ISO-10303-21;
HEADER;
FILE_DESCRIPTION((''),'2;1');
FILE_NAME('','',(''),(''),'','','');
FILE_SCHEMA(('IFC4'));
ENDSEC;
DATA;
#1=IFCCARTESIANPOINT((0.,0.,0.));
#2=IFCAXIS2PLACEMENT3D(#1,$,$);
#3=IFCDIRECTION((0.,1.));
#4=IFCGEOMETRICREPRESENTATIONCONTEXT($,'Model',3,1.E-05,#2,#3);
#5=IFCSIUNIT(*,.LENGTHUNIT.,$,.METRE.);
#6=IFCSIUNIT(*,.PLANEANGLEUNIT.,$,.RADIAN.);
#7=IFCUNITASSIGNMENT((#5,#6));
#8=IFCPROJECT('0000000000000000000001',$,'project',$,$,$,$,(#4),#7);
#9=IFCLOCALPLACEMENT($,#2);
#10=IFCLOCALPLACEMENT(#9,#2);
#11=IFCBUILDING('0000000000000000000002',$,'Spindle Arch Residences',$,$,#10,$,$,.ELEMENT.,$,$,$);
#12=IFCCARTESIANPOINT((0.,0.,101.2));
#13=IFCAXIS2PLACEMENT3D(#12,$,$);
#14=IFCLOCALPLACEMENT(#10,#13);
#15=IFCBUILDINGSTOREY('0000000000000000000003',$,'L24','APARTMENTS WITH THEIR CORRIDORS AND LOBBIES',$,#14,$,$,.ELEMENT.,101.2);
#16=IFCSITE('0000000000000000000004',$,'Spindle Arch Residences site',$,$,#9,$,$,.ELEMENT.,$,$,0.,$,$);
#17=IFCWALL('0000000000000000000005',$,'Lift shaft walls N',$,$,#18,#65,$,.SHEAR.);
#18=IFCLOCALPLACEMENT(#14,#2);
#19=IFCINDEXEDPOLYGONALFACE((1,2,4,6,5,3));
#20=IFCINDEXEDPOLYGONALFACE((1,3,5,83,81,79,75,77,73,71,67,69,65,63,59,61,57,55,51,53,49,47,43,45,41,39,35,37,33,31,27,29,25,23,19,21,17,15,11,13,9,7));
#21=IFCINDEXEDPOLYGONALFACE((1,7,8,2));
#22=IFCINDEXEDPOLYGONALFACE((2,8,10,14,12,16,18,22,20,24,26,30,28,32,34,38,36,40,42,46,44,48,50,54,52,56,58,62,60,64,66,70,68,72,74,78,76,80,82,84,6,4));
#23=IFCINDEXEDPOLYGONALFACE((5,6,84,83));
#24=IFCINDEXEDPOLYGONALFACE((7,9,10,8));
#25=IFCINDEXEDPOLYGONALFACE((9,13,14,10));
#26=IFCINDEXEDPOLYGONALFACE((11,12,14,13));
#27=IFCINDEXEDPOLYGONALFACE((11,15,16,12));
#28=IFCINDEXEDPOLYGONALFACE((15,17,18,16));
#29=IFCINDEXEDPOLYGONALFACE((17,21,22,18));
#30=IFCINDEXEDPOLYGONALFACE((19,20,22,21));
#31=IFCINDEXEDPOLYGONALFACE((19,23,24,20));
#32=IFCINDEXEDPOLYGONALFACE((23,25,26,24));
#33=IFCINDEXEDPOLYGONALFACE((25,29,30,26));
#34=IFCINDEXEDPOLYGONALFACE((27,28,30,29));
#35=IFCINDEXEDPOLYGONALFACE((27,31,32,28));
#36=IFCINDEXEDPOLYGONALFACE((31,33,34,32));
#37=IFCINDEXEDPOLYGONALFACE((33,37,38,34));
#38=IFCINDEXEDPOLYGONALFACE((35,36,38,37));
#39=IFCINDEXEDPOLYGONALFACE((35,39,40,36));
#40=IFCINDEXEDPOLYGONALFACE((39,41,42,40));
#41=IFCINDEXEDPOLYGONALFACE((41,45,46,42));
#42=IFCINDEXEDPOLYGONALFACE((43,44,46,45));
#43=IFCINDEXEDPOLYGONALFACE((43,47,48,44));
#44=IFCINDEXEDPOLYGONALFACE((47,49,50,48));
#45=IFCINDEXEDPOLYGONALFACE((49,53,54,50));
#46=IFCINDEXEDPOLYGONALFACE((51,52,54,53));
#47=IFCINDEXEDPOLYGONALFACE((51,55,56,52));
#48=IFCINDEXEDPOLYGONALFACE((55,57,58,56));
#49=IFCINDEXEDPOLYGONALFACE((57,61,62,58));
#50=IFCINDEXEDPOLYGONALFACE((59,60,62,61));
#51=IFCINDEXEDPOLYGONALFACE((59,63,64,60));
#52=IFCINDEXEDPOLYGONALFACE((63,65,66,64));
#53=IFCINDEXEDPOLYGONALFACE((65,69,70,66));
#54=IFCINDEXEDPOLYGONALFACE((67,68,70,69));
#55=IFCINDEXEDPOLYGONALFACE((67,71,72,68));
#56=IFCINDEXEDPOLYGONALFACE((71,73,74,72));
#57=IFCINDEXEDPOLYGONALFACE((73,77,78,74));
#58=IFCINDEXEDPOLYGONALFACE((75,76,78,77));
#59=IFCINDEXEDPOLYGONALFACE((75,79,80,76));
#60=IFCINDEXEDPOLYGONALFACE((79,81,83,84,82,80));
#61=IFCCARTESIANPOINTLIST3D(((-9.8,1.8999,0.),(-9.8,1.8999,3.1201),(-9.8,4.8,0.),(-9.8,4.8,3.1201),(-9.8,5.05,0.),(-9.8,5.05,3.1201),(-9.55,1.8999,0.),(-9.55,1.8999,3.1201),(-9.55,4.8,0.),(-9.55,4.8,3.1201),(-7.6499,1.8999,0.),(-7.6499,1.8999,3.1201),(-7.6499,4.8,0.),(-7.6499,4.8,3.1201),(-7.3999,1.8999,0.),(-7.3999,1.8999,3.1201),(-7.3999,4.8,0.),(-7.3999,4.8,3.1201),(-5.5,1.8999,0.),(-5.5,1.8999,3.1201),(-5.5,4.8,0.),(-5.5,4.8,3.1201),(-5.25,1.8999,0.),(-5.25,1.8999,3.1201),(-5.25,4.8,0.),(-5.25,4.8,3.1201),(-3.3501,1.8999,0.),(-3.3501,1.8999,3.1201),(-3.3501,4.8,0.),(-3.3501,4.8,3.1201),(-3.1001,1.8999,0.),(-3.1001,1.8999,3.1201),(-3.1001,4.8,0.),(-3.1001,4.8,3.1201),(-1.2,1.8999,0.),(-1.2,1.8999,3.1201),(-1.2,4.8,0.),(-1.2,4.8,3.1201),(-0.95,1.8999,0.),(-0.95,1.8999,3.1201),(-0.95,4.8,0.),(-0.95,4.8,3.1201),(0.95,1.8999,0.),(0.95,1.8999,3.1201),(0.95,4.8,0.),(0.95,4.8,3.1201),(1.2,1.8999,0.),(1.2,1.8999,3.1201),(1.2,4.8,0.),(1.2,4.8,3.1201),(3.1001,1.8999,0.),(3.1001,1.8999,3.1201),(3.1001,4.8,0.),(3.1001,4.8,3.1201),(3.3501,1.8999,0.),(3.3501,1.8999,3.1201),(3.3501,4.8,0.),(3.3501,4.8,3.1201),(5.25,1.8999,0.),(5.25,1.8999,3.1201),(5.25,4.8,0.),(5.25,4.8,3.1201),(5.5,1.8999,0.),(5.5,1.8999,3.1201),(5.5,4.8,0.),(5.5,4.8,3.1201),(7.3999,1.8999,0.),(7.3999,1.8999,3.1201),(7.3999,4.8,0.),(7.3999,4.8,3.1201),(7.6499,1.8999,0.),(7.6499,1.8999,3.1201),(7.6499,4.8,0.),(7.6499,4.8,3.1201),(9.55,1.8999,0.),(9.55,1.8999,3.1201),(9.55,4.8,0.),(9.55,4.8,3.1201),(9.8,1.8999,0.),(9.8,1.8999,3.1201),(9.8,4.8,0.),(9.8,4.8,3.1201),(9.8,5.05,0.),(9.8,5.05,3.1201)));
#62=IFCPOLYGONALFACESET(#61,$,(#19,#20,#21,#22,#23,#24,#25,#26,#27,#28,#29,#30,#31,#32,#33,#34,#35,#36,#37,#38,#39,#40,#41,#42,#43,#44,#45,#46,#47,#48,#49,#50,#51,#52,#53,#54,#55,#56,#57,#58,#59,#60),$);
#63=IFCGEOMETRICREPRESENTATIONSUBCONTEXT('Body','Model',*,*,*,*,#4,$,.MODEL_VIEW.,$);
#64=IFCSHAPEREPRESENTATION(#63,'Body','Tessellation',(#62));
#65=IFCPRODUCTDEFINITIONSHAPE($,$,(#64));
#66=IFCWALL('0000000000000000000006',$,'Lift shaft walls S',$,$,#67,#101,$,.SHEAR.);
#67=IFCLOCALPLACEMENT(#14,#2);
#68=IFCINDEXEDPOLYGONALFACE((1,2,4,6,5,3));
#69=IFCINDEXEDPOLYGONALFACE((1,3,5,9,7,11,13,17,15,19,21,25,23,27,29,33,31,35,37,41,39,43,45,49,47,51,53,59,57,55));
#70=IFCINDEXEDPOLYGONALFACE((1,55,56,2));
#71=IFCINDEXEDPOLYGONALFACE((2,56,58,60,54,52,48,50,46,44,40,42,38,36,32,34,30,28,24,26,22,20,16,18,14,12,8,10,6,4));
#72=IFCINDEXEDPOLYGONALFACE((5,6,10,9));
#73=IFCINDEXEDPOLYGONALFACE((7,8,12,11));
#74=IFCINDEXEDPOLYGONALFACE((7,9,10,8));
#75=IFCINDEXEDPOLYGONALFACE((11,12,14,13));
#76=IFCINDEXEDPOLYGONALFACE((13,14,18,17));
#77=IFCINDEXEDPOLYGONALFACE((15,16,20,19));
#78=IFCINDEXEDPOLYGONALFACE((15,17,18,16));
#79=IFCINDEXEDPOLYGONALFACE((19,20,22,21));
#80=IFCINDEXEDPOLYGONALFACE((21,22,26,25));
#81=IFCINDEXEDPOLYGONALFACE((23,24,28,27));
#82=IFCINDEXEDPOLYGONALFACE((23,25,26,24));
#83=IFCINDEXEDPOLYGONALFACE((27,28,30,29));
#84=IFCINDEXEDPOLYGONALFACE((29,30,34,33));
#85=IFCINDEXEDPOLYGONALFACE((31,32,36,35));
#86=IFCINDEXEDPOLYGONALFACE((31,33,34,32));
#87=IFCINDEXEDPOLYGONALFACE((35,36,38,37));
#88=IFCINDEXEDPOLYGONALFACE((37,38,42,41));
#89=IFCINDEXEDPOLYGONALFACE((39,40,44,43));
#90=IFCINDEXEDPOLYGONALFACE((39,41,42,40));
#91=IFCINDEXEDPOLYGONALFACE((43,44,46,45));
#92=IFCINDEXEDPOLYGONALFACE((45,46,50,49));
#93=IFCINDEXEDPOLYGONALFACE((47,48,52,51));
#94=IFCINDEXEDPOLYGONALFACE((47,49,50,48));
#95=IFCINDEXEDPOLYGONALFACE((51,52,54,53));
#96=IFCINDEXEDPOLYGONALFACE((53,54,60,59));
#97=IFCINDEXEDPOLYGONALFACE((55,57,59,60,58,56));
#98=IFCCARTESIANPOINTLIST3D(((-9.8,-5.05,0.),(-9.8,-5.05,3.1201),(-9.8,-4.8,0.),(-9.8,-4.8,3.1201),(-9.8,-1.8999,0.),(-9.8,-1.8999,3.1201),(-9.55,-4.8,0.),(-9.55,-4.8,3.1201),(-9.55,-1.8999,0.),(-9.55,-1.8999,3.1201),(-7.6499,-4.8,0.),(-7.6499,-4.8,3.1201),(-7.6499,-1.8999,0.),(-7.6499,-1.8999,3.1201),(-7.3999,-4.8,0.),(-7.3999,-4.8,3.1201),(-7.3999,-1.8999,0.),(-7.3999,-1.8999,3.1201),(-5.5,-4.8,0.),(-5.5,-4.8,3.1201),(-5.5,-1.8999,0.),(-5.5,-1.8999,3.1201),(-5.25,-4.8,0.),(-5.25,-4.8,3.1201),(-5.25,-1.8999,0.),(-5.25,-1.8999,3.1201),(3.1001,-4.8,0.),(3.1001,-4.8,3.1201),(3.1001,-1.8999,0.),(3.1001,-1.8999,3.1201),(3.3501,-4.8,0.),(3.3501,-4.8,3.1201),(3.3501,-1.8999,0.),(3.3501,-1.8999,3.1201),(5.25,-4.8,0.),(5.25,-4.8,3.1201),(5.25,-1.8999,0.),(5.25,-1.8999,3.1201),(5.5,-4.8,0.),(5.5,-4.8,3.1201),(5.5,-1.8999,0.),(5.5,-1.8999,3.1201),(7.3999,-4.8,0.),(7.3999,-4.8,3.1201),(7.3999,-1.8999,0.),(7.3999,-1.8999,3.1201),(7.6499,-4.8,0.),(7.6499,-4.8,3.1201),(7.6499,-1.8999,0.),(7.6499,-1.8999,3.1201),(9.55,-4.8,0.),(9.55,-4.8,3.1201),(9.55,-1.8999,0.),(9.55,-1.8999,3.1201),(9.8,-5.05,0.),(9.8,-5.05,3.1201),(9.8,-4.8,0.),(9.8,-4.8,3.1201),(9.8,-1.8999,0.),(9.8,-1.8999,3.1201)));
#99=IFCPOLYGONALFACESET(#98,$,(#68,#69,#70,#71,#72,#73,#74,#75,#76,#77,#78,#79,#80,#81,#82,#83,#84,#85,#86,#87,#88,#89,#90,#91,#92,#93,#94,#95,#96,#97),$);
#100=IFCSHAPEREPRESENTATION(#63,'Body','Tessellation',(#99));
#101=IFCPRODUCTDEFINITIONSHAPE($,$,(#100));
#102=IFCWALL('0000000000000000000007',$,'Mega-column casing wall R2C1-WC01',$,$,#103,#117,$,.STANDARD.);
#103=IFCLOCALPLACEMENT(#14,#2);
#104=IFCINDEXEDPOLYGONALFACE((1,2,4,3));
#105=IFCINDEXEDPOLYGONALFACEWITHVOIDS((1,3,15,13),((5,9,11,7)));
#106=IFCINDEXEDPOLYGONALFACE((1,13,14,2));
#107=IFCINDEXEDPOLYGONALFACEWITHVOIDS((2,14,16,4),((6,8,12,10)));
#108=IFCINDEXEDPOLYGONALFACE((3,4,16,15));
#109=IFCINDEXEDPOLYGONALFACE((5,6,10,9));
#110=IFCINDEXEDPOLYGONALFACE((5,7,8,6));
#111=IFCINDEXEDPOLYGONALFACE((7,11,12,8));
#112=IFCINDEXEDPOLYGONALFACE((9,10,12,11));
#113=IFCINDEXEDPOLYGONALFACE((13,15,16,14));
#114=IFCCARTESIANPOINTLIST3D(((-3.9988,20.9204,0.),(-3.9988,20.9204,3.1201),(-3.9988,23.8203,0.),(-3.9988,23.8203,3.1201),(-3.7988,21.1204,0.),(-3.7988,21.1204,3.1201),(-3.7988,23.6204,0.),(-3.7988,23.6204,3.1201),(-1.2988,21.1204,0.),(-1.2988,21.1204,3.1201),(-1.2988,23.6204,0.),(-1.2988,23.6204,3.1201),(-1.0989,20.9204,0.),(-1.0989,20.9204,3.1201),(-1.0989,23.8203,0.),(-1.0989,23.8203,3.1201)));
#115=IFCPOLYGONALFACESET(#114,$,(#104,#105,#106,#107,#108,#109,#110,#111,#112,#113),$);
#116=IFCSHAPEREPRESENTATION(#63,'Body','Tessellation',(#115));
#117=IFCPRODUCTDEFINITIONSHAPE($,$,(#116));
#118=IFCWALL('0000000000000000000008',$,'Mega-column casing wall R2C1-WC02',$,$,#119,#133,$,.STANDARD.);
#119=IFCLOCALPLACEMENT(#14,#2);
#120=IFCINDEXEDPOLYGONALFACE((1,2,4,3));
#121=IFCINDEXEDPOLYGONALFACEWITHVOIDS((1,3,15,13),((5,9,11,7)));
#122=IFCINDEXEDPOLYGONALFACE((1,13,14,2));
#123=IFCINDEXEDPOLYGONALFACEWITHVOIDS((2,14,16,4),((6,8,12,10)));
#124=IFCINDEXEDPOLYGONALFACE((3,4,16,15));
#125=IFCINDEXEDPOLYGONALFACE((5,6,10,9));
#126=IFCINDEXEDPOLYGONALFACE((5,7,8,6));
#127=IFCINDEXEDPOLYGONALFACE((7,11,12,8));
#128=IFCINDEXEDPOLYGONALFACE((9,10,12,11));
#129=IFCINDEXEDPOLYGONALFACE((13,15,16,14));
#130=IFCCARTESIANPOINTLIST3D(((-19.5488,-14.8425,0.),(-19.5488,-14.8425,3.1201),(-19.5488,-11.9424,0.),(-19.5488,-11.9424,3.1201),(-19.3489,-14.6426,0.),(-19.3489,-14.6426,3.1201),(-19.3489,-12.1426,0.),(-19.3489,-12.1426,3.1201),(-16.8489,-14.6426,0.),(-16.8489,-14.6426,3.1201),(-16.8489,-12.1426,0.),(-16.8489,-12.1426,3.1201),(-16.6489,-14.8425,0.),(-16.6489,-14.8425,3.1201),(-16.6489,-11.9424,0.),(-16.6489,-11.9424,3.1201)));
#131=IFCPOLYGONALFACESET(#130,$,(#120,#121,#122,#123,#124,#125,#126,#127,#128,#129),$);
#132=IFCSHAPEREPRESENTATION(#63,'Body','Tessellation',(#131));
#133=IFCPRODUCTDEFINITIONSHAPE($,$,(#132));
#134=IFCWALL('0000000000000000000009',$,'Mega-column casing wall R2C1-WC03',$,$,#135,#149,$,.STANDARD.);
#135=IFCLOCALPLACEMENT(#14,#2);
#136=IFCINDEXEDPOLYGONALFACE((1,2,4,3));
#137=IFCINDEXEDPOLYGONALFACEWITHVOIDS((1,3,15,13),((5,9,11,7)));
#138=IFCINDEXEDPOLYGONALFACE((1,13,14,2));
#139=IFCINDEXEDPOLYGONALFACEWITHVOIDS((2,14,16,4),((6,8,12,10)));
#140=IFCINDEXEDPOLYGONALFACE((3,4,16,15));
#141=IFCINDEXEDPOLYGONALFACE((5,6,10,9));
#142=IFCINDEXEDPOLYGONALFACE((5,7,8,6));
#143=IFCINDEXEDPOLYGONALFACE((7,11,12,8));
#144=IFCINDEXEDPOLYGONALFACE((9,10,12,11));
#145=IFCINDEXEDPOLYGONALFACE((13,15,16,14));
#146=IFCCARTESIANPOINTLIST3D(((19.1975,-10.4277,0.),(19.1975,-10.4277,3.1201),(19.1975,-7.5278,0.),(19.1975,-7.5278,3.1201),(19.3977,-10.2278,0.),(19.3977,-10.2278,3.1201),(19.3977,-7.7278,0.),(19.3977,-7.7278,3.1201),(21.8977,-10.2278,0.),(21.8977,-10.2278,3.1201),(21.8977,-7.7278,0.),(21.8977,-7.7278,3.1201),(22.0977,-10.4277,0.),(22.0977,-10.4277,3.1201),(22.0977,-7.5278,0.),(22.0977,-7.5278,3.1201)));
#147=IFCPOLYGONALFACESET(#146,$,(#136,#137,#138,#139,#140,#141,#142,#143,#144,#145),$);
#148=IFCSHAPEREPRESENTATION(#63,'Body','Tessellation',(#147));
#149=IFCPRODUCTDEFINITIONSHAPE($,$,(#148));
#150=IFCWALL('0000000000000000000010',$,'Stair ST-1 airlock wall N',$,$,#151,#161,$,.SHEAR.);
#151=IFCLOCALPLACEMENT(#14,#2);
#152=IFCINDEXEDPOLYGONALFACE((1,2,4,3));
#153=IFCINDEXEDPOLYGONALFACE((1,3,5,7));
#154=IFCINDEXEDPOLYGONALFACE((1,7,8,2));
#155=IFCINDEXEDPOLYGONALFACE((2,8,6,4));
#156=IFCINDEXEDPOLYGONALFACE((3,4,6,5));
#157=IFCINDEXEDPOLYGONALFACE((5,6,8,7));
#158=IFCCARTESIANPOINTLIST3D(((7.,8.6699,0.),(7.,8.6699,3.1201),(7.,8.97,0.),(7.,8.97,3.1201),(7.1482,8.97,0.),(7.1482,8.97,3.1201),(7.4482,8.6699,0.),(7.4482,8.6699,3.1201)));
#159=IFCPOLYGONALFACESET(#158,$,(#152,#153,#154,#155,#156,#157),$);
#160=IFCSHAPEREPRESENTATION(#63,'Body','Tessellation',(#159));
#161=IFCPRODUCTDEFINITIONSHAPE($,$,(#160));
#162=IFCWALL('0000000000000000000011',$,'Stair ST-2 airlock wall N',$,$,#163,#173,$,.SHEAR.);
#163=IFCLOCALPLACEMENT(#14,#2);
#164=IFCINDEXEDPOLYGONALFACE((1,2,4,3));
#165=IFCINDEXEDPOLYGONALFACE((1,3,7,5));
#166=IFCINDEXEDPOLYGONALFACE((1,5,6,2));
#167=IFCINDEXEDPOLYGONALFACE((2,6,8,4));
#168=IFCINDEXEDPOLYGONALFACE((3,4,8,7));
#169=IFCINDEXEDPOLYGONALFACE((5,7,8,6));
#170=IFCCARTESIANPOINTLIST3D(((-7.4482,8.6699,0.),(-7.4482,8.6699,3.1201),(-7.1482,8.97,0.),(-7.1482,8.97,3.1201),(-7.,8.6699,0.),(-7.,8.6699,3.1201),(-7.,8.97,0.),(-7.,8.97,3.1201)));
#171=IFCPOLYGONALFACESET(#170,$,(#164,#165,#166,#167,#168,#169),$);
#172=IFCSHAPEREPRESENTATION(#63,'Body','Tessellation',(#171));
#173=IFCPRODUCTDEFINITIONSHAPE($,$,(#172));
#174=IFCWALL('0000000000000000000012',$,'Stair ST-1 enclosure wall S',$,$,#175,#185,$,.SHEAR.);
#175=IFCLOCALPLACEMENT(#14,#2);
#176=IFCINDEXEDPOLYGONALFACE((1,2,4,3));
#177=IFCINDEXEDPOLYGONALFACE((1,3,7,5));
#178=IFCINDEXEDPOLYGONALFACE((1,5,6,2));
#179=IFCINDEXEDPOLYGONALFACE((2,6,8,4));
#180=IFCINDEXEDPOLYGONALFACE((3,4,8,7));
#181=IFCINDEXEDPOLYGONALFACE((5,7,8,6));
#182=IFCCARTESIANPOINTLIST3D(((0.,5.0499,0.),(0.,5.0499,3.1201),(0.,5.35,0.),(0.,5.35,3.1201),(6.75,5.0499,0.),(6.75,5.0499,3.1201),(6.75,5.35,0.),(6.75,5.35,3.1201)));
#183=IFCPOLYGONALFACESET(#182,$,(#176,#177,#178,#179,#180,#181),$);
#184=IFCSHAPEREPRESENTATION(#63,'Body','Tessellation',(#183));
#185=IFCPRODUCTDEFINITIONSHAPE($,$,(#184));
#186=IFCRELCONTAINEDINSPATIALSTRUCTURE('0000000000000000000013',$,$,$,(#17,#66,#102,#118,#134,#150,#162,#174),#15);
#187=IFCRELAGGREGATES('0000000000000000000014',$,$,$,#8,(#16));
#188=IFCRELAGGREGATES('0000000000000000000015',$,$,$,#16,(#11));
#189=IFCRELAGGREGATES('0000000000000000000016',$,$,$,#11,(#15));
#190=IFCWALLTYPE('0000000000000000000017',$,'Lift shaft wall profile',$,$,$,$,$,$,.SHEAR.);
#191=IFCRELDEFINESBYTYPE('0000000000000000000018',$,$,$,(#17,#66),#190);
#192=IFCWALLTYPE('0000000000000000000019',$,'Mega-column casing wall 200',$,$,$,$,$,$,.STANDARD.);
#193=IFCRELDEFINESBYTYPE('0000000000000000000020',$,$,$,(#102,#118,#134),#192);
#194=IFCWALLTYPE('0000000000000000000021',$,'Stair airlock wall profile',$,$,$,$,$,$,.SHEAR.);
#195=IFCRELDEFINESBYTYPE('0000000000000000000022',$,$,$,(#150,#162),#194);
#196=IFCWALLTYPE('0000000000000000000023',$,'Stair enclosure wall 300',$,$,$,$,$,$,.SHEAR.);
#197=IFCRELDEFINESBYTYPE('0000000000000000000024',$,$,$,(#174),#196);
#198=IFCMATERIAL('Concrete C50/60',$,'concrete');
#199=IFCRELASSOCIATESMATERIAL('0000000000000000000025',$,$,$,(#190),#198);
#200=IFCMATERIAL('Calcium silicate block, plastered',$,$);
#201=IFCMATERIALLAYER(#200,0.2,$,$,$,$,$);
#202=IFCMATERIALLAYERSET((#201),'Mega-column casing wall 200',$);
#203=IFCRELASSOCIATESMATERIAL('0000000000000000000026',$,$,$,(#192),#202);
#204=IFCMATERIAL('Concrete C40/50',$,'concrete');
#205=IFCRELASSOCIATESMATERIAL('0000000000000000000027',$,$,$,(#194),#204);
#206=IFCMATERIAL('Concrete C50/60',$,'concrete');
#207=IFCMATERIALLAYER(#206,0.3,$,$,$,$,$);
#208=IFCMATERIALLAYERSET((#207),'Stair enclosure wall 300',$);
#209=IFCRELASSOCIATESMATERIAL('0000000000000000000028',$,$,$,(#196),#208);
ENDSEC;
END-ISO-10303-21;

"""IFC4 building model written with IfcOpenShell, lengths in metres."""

from ifc_helpers import new_model, si_unit, direction, frame, frame_2d, origin, place, context, subcontext, project, spatial, polyline, rectangle, outline, extrude, material, layer, layer_set, type_object, element, save


model = new_model("IFC4")

# Units and contexts
model_context = context("Model", 3, precision=1e-05, world=origin(), true_north=direction((0.0, 1.0)))
body_context = subcontext(model_context, "Body", "Model", "MODEL_VIEW")
ifc_project = project(units=[si_unit("LENGTHUNIT", "METRE"), si_unit("PLANEANGLEUNIT", "RADIAN")], contexts=[model_context])

# Site, building, storey
site_placement = place(None, origin())
site = spatial("IfcSite", under=ifc_project, at=site_placement, Name="Spindle Arch Residences site", CompositionType="ELEMENT", RefElevation=0.0)
building_placement = place(site_placement, origin())
building = spatial("IfcBuilding", under=site, at=building_placement, Name="Spindle Arch Residences", CompositionType="ELEMENT")
storey_placement = place(building_placement, frame((0.0, 0.0, 101.2)))
storey = spatial("IfcBuildingStorey", under=building, at=storey_placement, Name="L24", Description="APARTMENTS WITH THEIR CORRIDORS AND LOBBIES", CompositionType="ELEMENT", Elevation=101.2)

# Walls
ifc_material_1 = material(Name="Concrete C50/60", Category="concrete")
wall_type_1 = type_object("IfcWallType", Name="Lift shaft wall profile", PredefinedType="SHEAR", material=ifc_material_1)
wall_1_placement = place(storey_placement, origin())
element("IfcWall", 1, at=wall_1_placement, inside=storey, type_object=wall_type_1, Name="Lift shaft walls N", PredefinedType="SHEAR", context=body_context, shape_type="SweptSolid", body=[
    extrude(outline(polyline([(-9.55, 4.8), (-7.6499, 4.8), (-7.6499, 1.8999), (-7.3999, 1.8999), (-7.3999, 4.8), (-5.5, 4.8), (-5.5, 1.8999), (-5.25, 1.8999), (-5.25, 4.8), (-3.3501, 4.8), (-3.3501, 1.8999), (-3.1001, 1.8999), (-3.1001, 4.8), (-1.2, 4.8), (-1.2, 1.8999), (-0.95, 1.8999), (-0.95, 4.8), (0.95, 4.8), (0.95, 1.8999), (1.2, 1.8999), (1.2, 4.8), (3.1001, 4.8), (3.1001, 1.8999), (3.3501, 1.8999), (3.3501, 4.8), (5.25, 4.8), (5.25, 1.8999), (5.5, 1.8999), (5.5, 4.8), (7.3999, 4.8), (7.3999, 1.8999), (7.6499, 1.8999), (7.6499, 4.8), (9.55, 4.8), (9.55, 1.8999), (9.8, 1.8999), (9.8, 4.8), (9.8, 5.05), (-9.8, 5.05), (-9.8, 4.8), (-9.8, 1.8999), (-9.55, 1.8999), (-9.55, 4.8)])), origin(), (0.0, 0.0, 1.0), 3.1201),
])
wall_2_placement = place(storey_placement, origin())
element("IfcWall", 2, at=wall_2_placement, inside=storey, type_object=wall_type_1, Name="Lift shaft walls S", PredefinedType="SHEAR", context=body_context, shape_type="SweptSolid", body=[
    extrude(outline(polyline([(9.8, -5.05), (9.8, -4.8), (9.8, -1.8999), (9.55, -1.8999), (9.55, -4.8), (7.6499, -4.8), (7.6499, -1.8999), (7.3999, -1.8999), (7.3999, -4.8), (5.5, -4.8), (5.5, -1.8999), (5.25, -1.8999), (5.25, -4.8), (3.3501, -4.8), (3.3501, -1.8999), (3.1001, -1.8999), (3.1001, -4.8), (-5.25, -4.8), (-5.25, -1.8999), (-5.5, -1.8999), (-5.5, -4.8), (-7.3999, -4.8), (-7.3999, -1.8999), (-7.6499, -1.8999), (-7.6499, -4.8), (-9.55, -4.8), (-9.55, -1.8999), (-9.8, -1.8999), (-9.8, -4.8), (-9.8, -5.05), (9.8, -5.05)])), origin(), (0.0, 0.0, 1.0), 3.1201),
])
ifc_material_2 = material(Name="Calcium silicate block, plastered")
ifc_layer_1 = layer(ifc_material_2, 0.2)
ifc_layer_set_1 = layer_set([ifc_layer_1], Name="Mega-column casing wall 200")
wall_type_2 = type_object("IfcWallType", Name="Mega-column casing wall 200", PredefinedType="STANDARD", material=ifc_layer_set_1)
wall_3_placement = place(storey_placement, origin())
element("IfcWall", 3, at=wall_3_placement, inside=storey, type_object=wall_type_2, Name="Mega-column casing wall R2C1-WC01", PredefinedType="STANDARD", context=body_context, shape_type="SweptSolid", body=[
    extrude(outline(polyline([(-1.0989, 23.8203), (-1.0989, 20.9204), (-3.9988, 20.9204), (-3.9988, 23.8203), (-1.0989, 23.8203)]), holes=[polyline([(-3.7988, 21.1204), (-1.2988, 21.1204), (-1.2988, 23.6204), (-3.7988, 23.6204), (-3.7988, 21.1204)])]), origin(), (0.0, 0.0, 1.0), 3.1201),
])
wall_4_placement = place(storey_placement, origin())
element("IfcWall", 4, at=wall_4_placement, inside=storey, type_object=wall_type_2, Name="Mega-column casing wall R2C1-WC02", PredefinedType="STANDARD", context=body_context, shape_type="SweptSolid", body=[
    extrude(outline(polyline([(-16.6489, -11.9424), (-16.6489, -14.8425), (-19.5488, -14.8425), (-19.5488, -11.9424), (-16.6489, -11.9424)]), holes=[polyline([(-19.3489, -14.6426), (-16.8489, -14.6426), (-16.8489, -12.1426), (-19.3489, -12.1426), (-19.3489, -14.6426)])]), origin(), (0.0, 0.0, 1.0), 3.1201),
])
wall_5_placement = place(storey_placement, origin())
element("IfcWall", 5, at=wall_5_placement, inside=storey, type_object=wall_type_2, Name="Mega-column casing wall R2C1-WC03", PredefinedType="STANDARD", context=body_context, shape_type="SweptSolid", body=[
    extrude(outline(polyline([(22.0977, -7.5278), (22.0977, -10.4277), (19.1975, -10.4277), (19.1975, -7.5278), (22.0977, -7.5278)]), holes=[polyline([(19.3977, -10.2278), (21.8977, -10.2278), (21.8977, -7.7278), (19.3977, -7.7278), (19.3977, -10.2278)])]), origin(), (0.0, 0.0, 1.0), 3.1201),
])
ifc_material_3 = material(Name="Concrete C40/50", Category="concrete")
wall_type_3 = type_object("IfcWallType", Name="Stair airlock wall profile", PredefinedType="SHEAR", material=ifc_material_3)
wall_6_placement = place(storey_placement, origin())
element("IfcWall", 6, at=wall_6_placement, inside=storey, type_object=wall_type_3, Name="Stair ST-1 airlock wall N", PredefinedType="SHEAR", context=body_context, shape_type="SweptSolid", body=[
    extrude(outline(polyline([(7.4482, 8.6699), (7.0, 8.6699), (7.0, 8.97), (7.1482, 8.97), (7.4482, 8.6699)])), origin(), (0.0, 0.0, 1.0), 3.1201),
])
wall_7_placement = place(storey_placement, origin())
element("IfcWall", 7, at=wall_7_placement, inside=storey, type_object=wall_type_3, Name="Stair ST-2 airlock wall N", PredefinedType="SHEAR", context=body_context, shape_type="SweptSolid", body=[
    extrude(outline(polyline([(-7.1482, 8.97), (-7.0, 8.97), (-7.0, 8.6699), (-7.4482, 8.6699), (-7.1482, 8.97)])), origin(), (0.0, 0.0, 1.0), 3.1201),
])
ifc_material_4 = material(Name="Concrete C50/60", Category="concrete")
ifc_layer_2 = layer(ifc_material_4, 0.3)
ifc_layer_set_2 = layer_set([ifc_layer_2], Name="Stair enclosure wall 300")
wall_type_4 = type_object("IfcWallType", Name="Stair enclosure wall 300", PredefinedType="SHEAR", material=ifc_layer_set_2)
for number, where, z_axis, x_axis, name in (
    (8, (0.0, 5.2, 0.0), (0.0, 0.0, 1.0), (1.0, 0.0, 0.0), "Stair ST-1 enclosure wall S"),
):
    element("IfcWall", number, at=place(storey_placement, frame(where, z_axis=z_axis, x_axis=x_axis)), inside=storey, type_object=wall_type_4, Name=name, PredefinedType="SHEAR", context=body_context, shape_type="SweptSolid", body=[
        extrude(rectangle(XDim=6.75, YDim=0.3, at=frame_2d((3.375, 0.0))), origin(), (0.0, 0.0, 1.0), 3.1201),
    ])

save(model, "model.ifc")
